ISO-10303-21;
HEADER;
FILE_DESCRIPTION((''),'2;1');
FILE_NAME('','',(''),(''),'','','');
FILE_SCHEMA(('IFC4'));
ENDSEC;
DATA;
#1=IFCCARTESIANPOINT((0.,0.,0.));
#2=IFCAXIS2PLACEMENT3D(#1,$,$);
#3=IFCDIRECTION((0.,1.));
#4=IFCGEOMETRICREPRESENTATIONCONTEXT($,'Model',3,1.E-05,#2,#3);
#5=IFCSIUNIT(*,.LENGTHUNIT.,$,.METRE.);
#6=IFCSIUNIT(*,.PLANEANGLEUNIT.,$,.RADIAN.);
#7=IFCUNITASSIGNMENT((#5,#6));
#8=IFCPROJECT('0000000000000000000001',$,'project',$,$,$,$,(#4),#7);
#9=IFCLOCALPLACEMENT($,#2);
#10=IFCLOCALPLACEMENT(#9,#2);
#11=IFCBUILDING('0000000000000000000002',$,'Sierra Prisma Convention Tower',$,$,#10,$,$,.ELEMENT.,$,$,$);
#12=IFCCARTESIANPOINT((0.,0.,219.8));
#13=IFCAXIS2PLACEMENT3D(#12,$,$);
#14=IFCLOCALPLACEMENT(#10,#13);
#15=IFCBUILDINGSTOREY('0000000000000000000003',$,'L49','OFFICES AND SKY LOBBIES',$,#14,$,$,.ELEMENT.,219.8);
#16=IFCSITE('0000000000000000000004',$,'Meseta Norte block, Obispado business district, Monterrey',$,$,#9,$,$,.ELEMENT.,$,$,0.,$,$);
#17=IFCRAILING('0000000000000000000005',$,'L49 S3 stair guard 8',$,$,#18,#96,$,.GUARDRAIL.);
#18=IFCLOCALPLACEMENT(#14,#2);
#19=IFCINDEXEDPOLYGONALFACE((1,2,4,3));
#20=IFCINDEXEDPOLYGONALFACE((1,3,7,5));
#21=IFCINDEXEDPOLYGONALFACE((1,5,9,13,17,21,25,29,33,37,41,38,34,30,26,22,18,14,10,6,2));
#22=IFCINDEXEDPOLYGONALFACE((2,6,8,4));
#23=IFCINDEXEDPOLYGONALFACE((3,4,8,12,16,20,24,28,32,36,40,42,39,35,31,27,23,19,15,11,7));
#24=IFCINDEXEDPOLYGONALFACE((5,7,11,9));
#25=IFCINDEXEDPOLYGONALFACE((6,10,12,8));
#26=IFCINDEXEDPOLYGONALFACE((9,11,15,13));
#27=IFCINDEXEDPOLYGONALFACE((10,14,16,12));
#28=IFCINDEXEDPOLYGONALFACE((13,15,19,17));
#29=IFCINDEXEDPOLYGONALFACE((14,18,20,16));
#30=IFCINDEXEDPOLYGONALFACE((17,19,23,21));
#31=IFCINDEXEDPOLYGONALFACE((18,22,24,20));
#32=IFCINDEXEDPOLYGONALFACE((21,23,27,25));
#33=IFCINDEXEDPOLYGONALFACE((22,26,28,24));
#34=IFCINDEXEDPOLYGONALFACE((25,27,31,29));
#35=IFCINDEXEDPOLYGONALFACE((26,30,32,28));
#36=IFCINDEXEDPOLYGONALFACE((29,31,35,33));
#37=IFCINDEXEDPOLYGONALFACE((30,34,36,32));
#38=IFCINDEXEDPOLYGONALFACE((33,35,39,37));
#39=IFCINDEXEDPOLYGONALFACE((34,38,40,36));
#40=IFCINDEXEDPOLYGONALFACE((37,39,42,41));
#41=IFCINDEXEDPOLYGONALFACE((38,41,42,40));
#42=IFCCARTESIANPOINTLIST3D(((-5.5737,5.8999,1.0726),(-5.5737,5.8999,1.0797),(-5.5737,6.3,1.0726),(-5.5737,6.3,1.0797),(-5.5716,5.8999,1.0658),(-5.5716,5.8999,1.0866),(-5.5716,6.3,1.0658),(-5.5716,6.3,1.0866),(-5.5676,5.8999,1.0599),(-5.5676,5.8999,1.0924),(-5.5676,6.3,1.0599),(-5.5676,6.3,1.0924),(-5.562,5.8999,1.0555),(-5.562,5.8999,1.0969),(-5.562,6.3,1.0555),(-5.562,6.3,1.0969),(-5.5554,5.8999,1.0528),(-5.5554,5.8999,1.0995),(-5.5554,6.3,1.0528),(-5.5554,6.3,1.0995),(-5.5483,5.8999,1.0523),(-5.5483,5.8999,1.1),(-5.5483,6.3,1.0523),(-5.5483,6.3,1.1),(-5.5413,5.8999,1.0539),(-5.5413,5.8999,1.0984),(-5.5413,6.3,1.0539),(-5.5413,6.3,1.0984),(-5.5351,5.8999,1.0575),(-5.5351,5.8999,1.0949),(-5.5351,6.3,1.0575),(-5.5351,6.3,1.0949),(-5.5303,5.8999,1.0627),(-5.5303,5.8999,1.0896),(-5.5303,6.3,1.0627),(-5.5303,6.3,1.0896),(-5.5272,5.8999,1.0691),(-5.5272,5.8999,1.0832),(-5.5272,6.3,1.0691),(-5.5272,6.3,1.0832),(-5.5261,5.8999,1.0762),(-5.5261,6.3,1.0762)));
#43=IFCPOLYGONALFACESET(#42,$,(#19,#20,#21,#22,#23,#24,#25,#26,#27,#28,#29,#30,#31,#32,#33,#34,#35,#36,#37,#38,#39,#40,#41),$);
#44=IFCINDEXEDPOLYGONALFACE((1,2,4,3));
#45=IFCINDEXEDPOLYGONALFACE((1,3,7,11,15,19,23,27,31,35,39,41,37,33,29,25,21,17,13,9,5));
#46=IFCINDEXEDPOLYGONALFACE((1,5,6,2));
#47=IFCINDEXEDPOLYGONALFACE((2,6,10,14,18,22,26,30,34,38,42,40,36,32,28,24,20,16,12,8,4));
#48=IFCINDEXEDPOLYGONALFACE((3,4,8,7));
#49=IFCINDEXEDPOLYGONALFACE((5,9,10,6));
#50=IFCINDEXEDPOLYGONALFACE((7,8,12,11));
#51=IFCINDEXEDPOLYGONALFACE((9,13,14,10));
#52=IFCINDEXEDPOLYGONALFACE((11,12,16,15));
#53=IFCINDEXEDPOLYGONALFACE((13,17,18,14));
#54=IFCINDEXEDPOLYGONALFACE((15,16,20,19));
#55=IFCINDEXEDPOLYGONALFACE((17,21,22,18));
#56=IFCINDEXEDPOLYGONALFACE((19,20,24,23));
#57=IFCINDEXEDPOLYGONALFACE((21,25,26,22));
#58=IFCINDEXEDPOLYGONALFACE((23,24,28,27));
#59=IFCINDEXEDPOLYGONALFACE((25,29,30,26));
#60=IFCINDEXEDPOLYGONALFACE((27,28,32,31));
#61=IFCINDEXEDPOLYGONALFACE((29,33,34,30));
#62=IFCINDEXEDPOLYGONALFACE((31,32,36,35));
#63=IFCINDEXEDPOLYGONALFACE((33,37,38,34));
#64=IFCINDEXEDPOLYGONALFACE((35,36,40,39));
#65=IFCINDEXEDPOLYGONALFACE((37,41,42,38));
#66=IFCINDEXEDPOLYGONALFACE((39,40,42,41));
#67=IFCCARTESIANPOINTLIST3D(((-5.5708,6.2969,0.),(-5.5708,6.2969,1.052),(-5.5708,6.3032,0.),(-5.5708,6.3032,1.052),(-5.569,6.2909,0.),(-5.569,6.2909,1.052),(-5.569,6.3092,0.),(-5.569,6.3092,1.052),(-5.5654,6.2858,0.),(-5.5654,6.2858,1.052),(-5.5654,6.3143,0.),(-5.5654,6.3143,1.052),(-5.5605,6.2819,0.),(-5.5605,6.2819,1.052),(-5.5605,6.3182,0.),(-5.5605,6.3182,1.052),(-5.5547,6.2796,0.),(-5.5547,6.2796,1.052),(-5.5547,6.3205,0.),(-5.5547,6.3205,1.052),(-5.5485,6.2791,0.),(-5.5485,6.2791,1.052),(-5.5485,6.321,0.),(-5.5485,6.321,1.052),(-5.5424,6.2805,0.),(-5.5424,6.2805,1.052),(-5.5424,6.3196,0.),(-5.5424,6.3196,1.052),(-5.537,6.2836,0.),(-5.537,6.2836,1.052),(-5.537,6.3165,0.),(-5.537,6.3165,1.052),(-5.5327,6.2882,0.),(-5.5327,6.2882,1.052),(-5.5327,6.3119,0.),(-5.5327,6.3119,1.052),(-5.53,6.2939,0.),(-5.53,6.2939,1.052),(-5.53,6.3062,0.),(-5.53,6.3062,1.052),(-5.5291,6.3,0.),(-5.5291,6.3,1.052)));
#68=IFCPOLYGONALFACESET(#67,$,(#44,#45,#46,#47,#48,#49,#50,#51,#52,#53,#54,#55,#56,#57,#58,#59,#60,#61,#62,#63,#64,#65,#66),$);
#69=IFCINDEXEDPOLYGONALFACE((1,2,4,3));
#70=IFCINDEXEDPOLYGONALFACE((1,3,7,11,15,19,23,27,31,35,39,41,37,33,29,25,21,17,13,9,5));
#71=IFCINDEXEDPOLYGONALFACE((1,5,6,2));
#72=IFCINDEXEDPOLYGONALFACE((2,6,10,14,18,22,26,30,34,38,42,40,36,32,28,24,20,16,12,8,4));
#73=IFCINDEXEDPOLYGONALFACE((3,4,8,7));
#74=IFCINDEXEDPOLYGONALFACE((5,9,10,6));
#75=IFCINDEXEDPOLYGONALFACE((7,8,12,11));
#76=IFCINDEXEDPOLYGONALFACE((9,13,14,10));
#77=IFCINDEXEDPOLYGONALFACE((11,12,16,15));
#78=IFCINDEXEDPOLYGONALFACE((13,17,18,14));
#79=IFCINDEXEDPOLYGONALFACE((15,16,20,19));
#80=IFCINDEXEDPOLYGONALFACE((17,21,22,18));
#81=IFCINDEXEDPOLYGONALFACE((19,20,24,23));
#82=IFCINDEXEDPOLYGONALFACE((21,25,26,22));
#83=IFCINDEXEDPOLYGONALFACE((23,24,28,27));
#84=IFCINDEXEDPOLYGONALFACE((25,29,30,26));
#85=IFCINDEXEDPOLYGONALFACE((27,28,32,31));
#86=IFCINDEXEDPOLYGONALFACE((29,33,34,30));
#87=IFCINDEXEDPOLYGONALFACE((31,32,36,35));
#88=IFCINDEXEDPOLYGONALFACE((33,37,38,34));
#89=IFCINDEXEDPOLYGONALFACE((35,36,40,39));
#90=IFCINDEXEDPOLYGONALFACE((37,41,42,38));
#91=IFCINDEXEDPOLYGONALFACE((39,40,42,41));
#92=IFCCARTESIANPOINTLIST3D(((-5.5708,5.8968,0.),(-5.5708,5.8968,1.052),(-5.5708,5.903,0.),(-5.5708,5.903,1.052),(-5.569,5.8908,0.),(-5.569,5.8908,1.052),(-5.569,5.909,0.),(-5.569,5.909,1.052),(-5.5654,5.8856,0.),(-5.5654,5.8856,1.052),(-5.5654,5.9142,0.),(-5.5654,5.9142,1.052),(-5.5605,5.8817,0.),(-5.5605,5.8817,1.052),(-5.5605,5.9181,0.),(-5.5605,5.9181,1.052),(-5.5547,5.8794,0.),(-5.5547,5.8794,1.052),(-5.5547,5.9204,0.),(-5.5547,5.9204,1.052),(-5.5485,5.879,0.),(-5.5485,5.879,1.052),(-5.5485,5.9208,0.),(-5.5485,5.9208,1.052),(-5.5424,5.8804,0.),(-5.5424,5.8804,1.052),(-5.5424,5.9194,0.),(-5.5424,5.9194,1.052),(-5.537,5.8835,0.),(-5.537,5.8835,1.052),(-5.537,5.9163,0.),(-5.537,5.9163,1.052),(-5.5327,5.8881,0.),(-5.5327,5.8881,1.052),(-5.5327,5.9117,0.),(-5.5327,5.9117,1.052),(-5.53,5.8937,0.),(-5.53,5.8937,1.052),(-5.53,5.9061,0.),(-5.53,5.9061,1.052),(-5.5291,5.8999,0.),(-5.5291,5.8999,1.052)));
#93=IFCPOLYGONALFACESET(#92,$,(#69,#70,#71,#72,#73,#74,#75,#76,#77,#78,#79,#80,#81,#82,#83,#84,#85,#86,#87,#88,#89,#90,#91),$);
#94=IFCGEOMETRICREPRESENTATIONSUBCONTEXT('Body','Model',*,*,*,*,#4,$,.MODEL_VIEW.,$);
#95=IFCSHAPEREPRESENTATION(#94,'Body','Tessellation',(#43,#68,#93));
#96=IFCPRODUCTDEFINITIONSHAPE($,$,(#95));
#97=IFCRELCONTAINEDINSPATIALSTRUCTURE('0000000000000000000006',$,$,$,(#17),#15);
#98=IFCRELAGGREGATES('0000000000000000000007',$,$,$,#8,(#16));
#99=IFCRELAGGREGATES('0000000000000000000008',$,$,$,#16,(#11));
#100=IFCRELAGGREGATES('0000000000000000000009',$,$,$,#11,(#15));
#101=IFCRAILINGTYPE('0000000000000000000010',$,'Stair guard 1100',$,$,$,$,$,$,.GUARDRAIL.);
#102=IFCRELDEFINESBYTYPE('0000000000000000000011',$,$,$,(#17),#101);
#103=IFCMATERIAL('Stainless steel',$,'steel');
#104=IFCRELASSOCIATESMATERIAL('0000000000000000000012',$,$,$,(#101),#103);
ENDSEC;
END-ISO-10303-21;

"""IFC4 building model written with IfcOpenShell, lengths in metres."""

from ifc_helpers import new_model, si_unit, direction, frame, origin, origin_2d, place, context, subcontext, project, spatial, circle, extrude, material, type_object, element, save


model = new_model("IFC4")

# Units and contexts
model_context = context("Model", 3, precision=1e-05, world=origin(), true_north=direction((0.0, 1.0)))
body_context = subcontext(model_context, "Body", "Model", "MODEL_VIEW")
ifc_project = project(units=[si_unit("LENGTHUNIT", "METRE"), si_unit("PLANEANGLEUNIT", "RADIAN")], contexts=[model_context])

# Site, building, storey
site_placement = place(None, origin())
site = spatial("IfcSite", under=ifc_project, at=site_placement, Name="Meseta Norte block, Obispado business district, Monterrey", CompositionType="ELEMENT", RefElevation=0.0)
building_placement = place(site_placement, origin())
building = spatial("IfcBuilding", under=site, at=building_placement, Name="Sierra Prisma Convention Tower", CompositionType="ELEMENT")
storey_placement = place(building_placement, frame((0.0, 0.0, 219.8)))
storey = spatial("IfcBuildingStorey", under=building, at=storey_placement, Name="L49", Description="OFFICES AND SKY LOBBIES", CompositionType="ELEMENT", Elevation=219.8)

# Railing
ifc_material_1 = material(Name="Stainless steel", Category="steel")
railing_type_1 = type_object("IfcRailingType", Name="Stair guard 1100", PredefinedType="GUARDRAIL", material=ifc_material_1)
railing_1_placement = place(storey_placement, frame((-5.55, 6.3, 0.0)))
element("IfcRailing", 1, at=railing_1_placement, inside=storey, type_object=railing_type_1, Name="L49 S3 stair guard 8", PredefinedType="GUARDRAIL", context=body_context, shape_type="SweptSolid", body=[
    extrude(circle(Radius=0.0239, at=origin_2d()), frame((0.0, 0.0, 1.0762), z_axis=(0.0, -1.0, 0.0), x_axis=(1.0, 0.0, 0.0)), (0.0, 0.0, 1.0), 0.4001),
    extrude(circle(Radius=0.021, at=origin_2d()), origin(), (0.0, 0.0, 1.0), 1.052),
    extrude(circle(Radius=0.021, at=origin_2d()), frame((0.0, -0.4001, 0.0)), (0.0, 0.0, 1.0), 1.052),
])

save(model, "model.ifc")
